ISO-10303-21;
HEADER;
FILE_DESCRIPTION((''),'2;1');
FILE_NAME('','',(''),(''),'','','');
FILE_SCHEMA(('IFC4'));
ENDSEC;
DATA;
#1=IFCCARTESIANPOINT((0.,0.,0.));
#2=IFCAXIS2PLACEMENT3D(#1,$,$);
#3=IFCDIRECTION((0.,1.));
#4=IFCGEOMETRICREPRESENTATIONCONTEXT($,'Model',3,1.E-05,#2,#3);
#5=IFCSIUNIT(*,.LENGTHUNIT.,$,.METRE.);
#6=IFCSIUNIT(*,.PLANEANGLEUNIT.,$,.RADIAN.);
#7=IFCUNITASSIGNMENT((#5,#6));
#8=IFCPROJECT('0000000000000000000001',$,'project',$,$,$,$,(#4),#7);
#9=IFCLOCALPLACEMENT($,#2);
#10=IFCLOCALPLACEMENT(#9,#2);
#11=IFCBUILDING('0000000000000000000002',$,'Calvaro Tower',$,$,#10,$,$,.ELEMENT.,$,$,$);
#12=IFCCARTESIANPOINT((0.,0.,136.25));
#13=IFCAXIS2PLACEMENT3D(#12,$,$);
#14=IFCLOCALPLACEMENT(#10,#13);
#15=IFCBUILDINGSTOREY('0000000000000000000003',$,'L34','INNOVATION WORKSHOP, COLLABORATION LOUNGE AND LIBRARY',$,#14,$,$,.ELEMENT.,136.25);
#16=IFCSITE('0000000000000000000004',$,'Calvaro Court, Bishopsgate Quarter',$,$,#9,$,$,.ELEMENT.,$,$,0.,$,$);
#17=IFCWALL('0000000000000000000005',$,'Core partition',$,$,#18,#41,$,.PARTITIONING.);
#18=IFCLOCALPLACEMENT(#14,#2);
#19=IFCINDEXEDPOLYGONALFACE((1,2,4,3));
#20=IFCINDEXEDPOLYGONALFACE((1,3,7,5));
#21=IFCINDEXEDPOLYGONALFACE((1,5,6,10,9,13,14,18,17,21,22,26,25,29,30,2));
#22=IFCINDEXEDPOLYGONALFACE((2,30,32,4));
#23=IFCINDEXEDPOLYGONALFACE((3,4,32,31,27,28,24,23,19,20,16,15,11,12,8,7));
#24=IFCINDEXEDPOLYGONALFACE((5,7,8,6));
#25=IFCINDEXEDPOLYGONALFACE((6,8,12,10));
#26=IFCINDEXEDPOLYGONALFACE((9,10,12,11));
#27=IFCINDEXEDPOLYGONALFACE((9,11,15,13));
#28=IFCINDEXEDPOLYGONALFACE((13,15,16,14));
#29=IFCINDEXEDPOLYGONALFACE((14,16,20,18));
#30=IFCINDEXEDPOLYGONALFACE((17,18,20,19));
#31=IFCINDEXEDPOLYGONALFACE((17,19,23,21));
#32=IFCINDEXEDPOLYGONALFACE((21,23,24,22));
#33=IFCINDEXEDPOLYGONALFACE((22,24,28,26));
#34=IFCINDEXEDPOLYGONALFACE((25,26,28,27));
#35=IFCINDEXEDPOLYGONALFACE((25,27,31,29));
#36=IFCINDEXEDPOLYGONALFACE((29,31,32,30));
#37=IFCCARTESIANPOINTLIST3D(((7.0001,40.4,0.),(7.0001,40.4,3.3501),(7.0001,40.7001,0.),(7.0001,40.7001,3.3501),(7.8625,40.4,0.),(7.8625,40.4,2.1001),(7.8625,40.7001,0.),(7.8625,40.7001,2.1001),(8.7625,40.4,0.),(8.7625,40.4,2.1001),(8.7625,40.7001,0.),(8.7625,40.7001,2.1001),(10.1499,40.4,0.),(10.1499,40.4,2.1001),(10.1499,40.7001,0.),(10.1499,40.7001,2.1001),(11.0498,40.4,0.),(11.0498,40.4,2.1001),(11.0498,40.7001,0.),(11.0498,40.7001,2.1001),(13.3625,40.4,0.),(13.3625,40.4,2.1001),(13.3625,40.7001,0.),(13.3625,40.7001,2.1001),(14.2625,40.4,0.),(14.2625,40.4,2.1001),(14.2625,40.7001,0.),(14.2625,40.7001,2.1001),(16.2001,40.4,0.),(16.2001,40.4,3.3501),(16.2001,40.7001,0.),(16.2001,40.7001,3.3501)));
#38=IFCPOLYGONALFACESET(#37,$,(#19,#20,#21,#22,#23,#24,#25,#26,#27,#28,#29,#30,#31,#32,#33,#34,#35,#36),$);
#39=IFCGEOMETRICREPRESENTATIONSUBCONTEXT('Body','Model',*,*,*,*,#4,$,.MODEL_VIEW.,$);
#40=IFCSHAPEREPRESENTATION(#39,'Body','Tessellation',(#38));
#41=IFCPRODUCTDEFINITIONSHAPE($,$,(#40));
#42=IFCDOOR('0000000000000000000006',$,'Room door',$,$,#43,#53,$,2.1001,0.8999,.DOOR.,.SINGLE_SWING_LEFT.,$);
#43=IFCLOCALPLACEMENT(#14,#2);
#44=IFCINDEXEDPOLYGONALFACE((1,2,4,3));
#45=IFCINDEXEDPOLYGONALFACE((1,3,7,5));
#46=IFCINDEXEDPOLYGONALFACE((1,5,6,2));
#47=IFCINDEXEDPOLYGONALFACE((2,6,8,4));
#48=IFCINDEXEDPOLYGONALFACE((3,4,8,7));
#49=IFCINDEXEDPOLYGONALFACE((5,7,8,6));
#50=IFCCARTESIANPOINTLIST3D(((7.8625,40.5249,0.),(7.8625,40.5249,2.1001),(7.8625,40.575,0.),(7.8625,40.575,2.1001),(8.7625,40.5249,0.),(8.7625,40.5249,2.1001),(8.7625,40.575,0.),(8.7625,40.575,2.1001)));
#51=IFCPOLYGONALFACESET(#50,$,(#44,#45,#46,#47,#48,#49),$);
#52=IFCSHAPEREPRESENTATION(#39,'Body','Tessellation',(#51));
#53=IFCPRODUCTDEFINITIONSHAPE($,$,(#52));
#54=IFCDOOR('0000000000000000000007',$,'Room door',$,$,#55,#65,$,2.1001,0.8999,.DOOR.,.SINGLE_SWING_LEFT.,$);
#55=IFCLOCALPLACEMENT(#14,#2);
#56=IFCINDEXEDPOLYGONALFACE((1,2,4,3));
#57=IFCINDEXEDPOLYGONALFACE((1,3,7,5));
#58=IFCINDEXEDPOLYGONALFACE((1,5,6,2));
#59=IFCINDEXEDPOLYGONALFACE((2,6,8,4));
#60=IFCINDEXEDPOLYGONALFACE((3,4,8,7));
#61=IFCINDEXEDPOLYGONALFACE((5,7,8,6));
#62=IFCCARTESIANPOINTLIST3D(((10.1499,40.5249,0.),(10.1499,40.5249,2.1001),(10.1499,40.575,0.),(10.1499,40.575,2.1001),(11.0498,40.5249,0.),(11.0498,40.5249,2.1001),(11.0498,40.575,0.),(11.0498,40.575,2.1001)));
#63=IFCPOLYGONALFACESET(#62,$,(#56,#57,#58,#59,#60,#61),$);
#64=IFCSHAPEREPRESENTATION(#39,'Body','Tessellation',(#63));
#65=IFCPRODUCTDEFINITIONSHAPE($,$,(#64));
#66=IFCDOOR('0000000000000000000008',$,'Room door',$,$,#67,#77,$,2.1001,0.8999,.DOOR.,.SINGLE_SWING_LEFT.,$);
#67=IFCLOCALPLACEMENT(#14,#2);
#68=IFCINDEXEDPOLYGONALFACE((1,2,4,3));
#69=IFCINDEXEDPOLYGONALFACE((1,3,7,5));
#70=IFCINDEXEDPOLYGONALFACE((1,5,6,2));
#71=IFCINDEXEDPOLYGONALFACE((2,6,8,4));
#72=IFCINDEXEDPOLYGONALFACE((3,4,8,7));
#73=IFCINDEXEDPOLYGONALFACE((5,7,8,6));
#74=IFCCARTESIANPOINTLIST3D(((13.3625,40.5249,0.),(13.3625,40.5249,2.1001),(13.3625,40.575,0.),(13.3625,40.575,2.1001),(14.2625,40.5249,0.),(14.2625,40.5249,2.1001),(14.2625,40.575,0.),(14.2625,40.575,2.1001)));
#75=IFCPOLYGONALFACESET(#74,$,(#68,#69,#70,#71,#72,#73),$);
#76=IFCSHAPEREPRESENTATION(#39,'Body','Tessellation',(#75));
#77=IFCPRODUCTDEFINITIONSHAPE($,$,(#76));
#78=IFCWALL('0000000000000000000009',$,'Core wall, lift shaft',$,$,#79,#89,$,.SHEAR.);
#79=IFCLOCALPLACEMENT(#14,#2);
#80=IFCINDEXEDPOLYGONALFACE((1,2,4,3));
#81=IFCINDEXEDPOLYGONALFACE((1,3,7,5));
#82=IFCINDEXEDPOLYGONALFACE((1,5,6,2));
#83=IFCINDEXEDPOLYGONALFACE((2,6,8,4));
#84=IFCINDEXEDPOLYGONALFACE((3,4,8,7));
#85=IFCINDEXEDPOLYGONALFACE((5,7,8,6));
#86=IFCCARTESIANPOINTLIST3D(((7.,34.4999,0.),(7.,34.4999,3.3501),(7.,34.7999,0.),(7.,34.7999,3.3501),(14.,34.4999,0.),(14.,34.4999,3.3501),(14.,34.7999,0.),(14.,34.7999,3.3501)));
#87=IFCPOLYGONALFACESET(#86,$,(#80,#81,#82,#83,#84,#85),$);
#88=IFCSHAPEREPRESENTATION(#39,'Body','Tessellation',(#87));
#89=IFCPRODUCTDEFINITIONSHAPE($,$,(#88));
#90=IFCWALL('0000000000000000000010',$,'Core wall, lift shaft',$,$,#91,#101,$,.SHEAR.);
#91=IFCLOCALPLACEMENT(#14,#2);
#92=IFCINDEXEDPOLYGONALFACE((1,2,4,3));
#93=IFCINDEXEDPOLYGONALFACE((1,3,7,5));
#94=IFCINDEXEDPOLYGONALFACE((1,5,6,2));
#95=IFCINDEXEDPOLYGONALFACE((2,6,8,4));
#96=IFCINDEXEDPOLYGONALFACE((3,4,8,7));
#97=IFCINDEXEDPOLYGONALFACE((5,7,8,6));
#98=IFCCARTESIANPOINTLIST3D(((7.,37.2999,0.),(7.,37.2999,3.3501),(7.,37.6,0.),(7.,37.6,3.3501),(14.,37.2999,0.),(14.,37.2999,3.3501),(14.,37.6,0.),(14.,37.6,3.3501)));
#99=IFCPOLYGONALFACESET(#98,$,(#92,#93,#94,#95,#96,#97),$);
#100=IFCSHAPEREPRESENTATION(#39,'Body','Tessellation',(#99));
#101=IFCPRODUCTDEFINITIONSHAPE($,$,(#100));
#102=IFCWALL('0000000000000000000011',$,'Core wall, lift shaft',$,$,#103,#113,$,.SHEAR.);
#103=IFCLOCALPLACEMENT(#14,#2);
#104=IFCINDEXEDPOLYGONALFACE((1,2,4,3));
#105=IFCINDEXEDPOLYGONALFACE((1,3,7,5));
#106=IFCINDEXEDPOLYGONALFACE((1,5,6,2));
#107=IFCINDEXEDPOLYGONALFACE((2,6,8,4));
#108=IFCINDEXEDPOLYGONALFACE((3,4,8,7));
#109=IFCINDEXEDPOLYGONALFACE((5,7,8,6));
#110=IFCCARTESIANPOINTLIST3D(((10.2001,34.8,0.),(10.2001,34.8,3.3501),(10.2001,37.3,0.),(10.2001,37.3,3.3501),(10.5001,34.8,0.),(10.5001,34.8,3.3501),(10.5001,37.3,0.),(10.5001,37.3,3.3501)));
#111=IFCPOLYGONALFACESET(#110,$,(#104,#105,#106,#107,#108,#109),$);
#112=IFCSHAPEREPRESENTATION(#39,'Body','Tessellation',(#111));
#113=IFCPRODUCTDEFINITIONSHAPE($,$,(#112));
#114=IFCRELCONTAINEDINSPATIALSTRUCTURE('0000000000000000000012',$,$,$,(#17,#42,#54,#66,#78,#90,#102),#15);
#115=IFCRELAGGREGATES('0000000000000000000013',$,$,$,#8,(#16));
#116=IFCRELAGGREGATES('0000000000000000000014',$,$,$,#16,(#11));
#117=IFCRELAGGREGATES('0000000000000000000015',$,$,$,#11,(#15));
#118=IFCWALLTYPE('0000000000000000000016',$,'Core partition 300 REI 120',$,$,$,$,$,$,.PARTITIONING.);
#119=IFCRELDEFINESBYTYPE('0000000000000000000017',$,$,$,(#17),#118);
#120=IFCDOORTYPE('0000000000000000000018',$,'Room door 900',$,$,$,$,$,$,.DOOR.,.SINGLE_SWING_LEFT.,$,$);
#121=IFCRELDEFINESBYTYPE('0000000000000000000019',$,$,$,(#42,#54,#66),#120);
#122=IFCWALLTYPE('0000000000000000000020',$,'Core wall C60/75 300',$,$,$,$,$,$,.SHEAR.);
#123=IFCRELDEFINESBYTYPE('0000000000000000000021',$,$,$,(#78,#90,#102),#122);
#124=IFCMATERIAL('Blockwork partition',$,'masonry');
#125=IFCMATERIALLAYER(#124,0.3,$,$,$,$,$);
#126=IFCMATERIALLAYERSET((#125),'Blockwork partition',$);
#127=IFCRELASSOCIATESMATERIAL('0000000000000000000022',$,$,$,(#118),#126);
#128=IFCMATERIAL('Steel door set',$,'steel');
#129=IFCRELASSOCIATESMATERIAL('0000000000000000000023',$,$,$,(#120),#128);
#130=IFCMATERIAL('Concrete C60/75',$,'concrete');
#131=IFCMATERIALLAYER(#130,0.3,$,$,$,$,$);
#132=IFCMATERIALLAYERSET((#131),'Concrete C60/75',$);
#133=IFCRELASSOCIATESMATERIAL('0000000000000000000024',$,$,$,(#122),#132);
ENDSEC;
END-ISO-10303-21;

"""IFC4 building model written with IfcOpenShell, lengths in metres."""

from ifc_helpers import new_model, si_unit, direction, frame, frame_2d, origin, place, context, subcontext, project, spatial, rectangle, extrude, material, layer, layer_set, type_object, element, fill, save


model = new_model("IFC4")

# Units and contexts
model_context = context("Model", 3, precision=1e-05, world=origin(), true_north=direction((0.0, 1.0)))
body_context = subcontext(model_context, "Body", "Model", "MODEL_VIEW")
ifc_project = project(units=[si_unit("LENGTHUNIT", "METRE"), si_unit("PLANEANGLEUNIT", "RADIAN")], contexts=[model_context])

# Site, building, storey
site_placement = place(None, origin())
site = spatial("IfcSite", under=ifc_project, at=site_placement, Name="Calvaro Court, Bishopsgate Quarter", CompositionType="ELEMENT", RefElevation=0.0)
building_placement = place(site_placement, origin())
building = spatial("IfcBuilding", under=site, at=building_placement, Name="Calvaro Tower", CompositionType="ELEMENT")
storey_placement = place(building_placement, frame((0.0, 0.0, 136.25)))
storey = spatial("IfcBuildingStorey", under=building, at=storey_placement, Name="L34", Description="INNOVATION WORKSHOP, COLLABORATION LOUNGE AND LIBRARY", CompositionType="ELEMENT", Elevation=136.25)

# Wall, openings, doors
ifc_material_1 = material(Name="Blockwork partition", Category="masonry")
ifc_layer_1 = layer(ifc_material_1, 0.3)
ifc_layer_set_1 = layer_set([ifc_layer_1], Name="Blockwork partition")
wall_type_1 = type_object("IfcWallType", Name="Core partition 300 REI 120", PredefinedType="PARTITIONING", material=ifc_layer_set_1)
wall_1_placement = place(storey_placement, frame((7.0, 40.55, 0.0), z_axis=(0.0, 0.0, 1.0), x_axis=(1.0, 0.0, 0.0)))
wall_1 = element("IfcWall", 1, at=wall_1_placement, inside=storey, type_object=wall_type_1, Name="Core partition", PredefinedType="PARTITIONING", context=body_context, shape_type="SweptSolid", body=[
    extrude(rectangle(XDim=9.2, YDim=0.3, at=frame_2d((4.6001, 0.0))), origin(), (0.0, 0.0, 1.0), 3.3501),
])
opening_1_placement = place(wall_1_placement, frame((0.8625, 0.0, 0.0)))
opening_1 = element("IfcOpeningElement", 2, at=opening_1_placement, cuts=wall_1, PredefinedType="OPENING", context=body_context, shape_type="SweptSolid", body=[
    extrude(rectangle(XDim=0.8999, YDim=2.1001, at=frame_2d((0.45, 1.05))), frame((0.0, 0.1599, 0.0), z_axis=(0.0, -1.0, 0.0), x_axis=(1.0, 0.0, 0.0)), (0.0, 0.0, 1.0), 0.3201),
])
opening_2_placement = place(wall_1_placement, frame((3.1499, 0.0, 0.0)))
opening_2 = element("IfcOpeningElement", 3, at=opening_2_placement, cuts=wall_1, PredefinedType="OPENING", context=body_context, shape_type="SweptSolid", body=[
    extrude(rectangle(XDim=0.8999, YDim=2.1001, at=frame_2d((0.45, 1.05))), frame((0.0, 0.1599, 0.0), z_axis=(0.0, -1.0, 0.0), x_axis=(1.0, 0.0, 0.0)), (0.0, 0.0, 1.0), 0.3201),
])
opening_3_placement = place(wall_1_placement, frame((6.3625, 0.0, 0.0)))
opening_3 = element("IfcOpeningElement", 4, at=opening_3_placement, cuts=wall_1, PredefinedType="OPENING", context=body_context, shape_type="SweptSolid", body=[
    extrude(rectangle(XDim=0.8999, YDim=2.1001, at=frame_2d((0.45, 1.05))), frame((0.0, 0.1599, 0.0), z_axis=(0.0, -1.0, 0.0), x_axis=(1.0, 0.0, 0.0)), (0.0, 0.0, 1.0), 0.3201),
])
ifc_material_2 = material(Name="Steel door set", Category="steel")
door_type = type_object("IfcDoorType", Name="Room door 900", OperationType="SINGLE_SWING_LEFT", PredefinedType="DOOR", material=ifc_material_2)
door_1_placement = place(opening_1_placement, origin())
door_1 = element("IfcDoor", 5, at=door_1_placement, inside=storey, type_object=door_type, Name="Room door", OperationType="SINGLE_SWING_LEFT", OverallHeight=2.1001, OverallWidth=0.8999, PredefinedType="DOOR", context=body_context, shape_type="SweptSolid", body=[
    extrude(rectangle(XDim=0.8999, YDim=2.1001, at=frame_2d((0.45, 1.05))), frame((0.0, 0.0249, 0.0), z_axis=(0.0, -1.0, 0.0), x_axis=(1.0, 0.0, 0.0)), (0.0, 0.0, 1.0), 0.05),
])
fill(opening_1, door_1)
door_2_placement = place(opening_2_placement, origin())
door_2 = element("IfcDoor", 6, at=door_2_placement, inside=storey, type_object=door_type, Name="Room door", OperationType="SINGLE_SWING_LEFT", OverallHeight=2.1001, OverallWidth=0.8999, PredefinedType="DOOR", context=body_context, shape_type="SweptSolid", body=[
    extrude(rectangle(XDim=0.8999, YDim=2.1001, at=frame_2d((0.45, 1.05))), frame((0.0, 0.0249, 0.0), z_axis=(0.0, -1.0, 0.0), x_axis=(1.0, 0.0, 0.0)), (0.0, 0.0, 1.0), 0.05),
])
fill(opening_2, door_2)
door_3_placement = place(opening_3_placement, origin())
door_3 = element("IfcDoor", 7, at=door_3_placement, inside=storey, type_object=door_type, Name="Room door", OperationType="SINGLE_SWING_LEFT", OverallHeight=2.1001, OverallWidth=0.8999, PredefinedType="DOOR", context=body_context, shape_type="SweptSolid", body=[
    extrude(rectangle(XDim=0.8999, YDim=2.1001, at=frame_2d((0.45, 1.05))), frame((0.0, 0.0249, 0.0), z_axis=(0.0, -1.0, 0.0), x_axis=(1.0, 0.0, 0.0)), (0.0, 0.0, 1.0), 0.05),
])
fill(opening_3, door_3)

# Walls
ifc_material_3 = material(Name="Concrete C60/75", Category="concrete")
ifc_layer_2 = layer(ifc_material_3, 0.3)
ifc_layer_set_2 = layer_set([ifc_layer_2], Name="Concrete C60/75")
wall_type_2 = type_object("IfcWallType", Name="Core wall C60/75 300", PredefinedType="SHEAR", material=ifc_layer_set_2)
for number, where, z_axis, x_axis, name in (
    (8, (7.0, 34.6499, 0.0), (0.0, 0.0, 1.0), (1.0, 0.0, 0.0), "Core wall, lift shaft"),
    (9, (7.0, 37.45, 0.0), (0.0, 0.0, 1.0), (1.0, 0.0, 0.0), "Core wall, lift shaft"),
):
    element("IfcWall", number, at=place(storey_placement, frame(where, z_axis=z_axis, x_axis=x_axis)), inside=storey, type_object=wall_type_2, Name=name, PredefinedType="SHEAR", context=body_context, shape_type="SweptSolid", body=[
        extrude(rectangle(XDim=7.0, YDim=0.3, at=frame_2d((3.5, 0.0))), origin(), (0.0, 0.0, 1.0), 3.3501),
    ])
wall_2_placement = place(storey_placement, frame((10.3501, 34.8, 0.0), z_axis=(0.0, 0.0, 1.0), x_axis=(0.0, 1.0, 0.0)))
element("IfcWall", 10, at=wall_2_placement, inside=storey, type_object=wall_type_2, Name="Core wall, lift shaft", PredefinedType="SHEAR", context=body_context, shape_type="SweptSolid", body=[
    extrude(rectangle(XDim=2.5, YDim=0.3, at=frame_2d((1.25, 0.0))), origin(), (0.0, 0.0, 1.0), 3.3501),
])

save(model, "model.ifc")
